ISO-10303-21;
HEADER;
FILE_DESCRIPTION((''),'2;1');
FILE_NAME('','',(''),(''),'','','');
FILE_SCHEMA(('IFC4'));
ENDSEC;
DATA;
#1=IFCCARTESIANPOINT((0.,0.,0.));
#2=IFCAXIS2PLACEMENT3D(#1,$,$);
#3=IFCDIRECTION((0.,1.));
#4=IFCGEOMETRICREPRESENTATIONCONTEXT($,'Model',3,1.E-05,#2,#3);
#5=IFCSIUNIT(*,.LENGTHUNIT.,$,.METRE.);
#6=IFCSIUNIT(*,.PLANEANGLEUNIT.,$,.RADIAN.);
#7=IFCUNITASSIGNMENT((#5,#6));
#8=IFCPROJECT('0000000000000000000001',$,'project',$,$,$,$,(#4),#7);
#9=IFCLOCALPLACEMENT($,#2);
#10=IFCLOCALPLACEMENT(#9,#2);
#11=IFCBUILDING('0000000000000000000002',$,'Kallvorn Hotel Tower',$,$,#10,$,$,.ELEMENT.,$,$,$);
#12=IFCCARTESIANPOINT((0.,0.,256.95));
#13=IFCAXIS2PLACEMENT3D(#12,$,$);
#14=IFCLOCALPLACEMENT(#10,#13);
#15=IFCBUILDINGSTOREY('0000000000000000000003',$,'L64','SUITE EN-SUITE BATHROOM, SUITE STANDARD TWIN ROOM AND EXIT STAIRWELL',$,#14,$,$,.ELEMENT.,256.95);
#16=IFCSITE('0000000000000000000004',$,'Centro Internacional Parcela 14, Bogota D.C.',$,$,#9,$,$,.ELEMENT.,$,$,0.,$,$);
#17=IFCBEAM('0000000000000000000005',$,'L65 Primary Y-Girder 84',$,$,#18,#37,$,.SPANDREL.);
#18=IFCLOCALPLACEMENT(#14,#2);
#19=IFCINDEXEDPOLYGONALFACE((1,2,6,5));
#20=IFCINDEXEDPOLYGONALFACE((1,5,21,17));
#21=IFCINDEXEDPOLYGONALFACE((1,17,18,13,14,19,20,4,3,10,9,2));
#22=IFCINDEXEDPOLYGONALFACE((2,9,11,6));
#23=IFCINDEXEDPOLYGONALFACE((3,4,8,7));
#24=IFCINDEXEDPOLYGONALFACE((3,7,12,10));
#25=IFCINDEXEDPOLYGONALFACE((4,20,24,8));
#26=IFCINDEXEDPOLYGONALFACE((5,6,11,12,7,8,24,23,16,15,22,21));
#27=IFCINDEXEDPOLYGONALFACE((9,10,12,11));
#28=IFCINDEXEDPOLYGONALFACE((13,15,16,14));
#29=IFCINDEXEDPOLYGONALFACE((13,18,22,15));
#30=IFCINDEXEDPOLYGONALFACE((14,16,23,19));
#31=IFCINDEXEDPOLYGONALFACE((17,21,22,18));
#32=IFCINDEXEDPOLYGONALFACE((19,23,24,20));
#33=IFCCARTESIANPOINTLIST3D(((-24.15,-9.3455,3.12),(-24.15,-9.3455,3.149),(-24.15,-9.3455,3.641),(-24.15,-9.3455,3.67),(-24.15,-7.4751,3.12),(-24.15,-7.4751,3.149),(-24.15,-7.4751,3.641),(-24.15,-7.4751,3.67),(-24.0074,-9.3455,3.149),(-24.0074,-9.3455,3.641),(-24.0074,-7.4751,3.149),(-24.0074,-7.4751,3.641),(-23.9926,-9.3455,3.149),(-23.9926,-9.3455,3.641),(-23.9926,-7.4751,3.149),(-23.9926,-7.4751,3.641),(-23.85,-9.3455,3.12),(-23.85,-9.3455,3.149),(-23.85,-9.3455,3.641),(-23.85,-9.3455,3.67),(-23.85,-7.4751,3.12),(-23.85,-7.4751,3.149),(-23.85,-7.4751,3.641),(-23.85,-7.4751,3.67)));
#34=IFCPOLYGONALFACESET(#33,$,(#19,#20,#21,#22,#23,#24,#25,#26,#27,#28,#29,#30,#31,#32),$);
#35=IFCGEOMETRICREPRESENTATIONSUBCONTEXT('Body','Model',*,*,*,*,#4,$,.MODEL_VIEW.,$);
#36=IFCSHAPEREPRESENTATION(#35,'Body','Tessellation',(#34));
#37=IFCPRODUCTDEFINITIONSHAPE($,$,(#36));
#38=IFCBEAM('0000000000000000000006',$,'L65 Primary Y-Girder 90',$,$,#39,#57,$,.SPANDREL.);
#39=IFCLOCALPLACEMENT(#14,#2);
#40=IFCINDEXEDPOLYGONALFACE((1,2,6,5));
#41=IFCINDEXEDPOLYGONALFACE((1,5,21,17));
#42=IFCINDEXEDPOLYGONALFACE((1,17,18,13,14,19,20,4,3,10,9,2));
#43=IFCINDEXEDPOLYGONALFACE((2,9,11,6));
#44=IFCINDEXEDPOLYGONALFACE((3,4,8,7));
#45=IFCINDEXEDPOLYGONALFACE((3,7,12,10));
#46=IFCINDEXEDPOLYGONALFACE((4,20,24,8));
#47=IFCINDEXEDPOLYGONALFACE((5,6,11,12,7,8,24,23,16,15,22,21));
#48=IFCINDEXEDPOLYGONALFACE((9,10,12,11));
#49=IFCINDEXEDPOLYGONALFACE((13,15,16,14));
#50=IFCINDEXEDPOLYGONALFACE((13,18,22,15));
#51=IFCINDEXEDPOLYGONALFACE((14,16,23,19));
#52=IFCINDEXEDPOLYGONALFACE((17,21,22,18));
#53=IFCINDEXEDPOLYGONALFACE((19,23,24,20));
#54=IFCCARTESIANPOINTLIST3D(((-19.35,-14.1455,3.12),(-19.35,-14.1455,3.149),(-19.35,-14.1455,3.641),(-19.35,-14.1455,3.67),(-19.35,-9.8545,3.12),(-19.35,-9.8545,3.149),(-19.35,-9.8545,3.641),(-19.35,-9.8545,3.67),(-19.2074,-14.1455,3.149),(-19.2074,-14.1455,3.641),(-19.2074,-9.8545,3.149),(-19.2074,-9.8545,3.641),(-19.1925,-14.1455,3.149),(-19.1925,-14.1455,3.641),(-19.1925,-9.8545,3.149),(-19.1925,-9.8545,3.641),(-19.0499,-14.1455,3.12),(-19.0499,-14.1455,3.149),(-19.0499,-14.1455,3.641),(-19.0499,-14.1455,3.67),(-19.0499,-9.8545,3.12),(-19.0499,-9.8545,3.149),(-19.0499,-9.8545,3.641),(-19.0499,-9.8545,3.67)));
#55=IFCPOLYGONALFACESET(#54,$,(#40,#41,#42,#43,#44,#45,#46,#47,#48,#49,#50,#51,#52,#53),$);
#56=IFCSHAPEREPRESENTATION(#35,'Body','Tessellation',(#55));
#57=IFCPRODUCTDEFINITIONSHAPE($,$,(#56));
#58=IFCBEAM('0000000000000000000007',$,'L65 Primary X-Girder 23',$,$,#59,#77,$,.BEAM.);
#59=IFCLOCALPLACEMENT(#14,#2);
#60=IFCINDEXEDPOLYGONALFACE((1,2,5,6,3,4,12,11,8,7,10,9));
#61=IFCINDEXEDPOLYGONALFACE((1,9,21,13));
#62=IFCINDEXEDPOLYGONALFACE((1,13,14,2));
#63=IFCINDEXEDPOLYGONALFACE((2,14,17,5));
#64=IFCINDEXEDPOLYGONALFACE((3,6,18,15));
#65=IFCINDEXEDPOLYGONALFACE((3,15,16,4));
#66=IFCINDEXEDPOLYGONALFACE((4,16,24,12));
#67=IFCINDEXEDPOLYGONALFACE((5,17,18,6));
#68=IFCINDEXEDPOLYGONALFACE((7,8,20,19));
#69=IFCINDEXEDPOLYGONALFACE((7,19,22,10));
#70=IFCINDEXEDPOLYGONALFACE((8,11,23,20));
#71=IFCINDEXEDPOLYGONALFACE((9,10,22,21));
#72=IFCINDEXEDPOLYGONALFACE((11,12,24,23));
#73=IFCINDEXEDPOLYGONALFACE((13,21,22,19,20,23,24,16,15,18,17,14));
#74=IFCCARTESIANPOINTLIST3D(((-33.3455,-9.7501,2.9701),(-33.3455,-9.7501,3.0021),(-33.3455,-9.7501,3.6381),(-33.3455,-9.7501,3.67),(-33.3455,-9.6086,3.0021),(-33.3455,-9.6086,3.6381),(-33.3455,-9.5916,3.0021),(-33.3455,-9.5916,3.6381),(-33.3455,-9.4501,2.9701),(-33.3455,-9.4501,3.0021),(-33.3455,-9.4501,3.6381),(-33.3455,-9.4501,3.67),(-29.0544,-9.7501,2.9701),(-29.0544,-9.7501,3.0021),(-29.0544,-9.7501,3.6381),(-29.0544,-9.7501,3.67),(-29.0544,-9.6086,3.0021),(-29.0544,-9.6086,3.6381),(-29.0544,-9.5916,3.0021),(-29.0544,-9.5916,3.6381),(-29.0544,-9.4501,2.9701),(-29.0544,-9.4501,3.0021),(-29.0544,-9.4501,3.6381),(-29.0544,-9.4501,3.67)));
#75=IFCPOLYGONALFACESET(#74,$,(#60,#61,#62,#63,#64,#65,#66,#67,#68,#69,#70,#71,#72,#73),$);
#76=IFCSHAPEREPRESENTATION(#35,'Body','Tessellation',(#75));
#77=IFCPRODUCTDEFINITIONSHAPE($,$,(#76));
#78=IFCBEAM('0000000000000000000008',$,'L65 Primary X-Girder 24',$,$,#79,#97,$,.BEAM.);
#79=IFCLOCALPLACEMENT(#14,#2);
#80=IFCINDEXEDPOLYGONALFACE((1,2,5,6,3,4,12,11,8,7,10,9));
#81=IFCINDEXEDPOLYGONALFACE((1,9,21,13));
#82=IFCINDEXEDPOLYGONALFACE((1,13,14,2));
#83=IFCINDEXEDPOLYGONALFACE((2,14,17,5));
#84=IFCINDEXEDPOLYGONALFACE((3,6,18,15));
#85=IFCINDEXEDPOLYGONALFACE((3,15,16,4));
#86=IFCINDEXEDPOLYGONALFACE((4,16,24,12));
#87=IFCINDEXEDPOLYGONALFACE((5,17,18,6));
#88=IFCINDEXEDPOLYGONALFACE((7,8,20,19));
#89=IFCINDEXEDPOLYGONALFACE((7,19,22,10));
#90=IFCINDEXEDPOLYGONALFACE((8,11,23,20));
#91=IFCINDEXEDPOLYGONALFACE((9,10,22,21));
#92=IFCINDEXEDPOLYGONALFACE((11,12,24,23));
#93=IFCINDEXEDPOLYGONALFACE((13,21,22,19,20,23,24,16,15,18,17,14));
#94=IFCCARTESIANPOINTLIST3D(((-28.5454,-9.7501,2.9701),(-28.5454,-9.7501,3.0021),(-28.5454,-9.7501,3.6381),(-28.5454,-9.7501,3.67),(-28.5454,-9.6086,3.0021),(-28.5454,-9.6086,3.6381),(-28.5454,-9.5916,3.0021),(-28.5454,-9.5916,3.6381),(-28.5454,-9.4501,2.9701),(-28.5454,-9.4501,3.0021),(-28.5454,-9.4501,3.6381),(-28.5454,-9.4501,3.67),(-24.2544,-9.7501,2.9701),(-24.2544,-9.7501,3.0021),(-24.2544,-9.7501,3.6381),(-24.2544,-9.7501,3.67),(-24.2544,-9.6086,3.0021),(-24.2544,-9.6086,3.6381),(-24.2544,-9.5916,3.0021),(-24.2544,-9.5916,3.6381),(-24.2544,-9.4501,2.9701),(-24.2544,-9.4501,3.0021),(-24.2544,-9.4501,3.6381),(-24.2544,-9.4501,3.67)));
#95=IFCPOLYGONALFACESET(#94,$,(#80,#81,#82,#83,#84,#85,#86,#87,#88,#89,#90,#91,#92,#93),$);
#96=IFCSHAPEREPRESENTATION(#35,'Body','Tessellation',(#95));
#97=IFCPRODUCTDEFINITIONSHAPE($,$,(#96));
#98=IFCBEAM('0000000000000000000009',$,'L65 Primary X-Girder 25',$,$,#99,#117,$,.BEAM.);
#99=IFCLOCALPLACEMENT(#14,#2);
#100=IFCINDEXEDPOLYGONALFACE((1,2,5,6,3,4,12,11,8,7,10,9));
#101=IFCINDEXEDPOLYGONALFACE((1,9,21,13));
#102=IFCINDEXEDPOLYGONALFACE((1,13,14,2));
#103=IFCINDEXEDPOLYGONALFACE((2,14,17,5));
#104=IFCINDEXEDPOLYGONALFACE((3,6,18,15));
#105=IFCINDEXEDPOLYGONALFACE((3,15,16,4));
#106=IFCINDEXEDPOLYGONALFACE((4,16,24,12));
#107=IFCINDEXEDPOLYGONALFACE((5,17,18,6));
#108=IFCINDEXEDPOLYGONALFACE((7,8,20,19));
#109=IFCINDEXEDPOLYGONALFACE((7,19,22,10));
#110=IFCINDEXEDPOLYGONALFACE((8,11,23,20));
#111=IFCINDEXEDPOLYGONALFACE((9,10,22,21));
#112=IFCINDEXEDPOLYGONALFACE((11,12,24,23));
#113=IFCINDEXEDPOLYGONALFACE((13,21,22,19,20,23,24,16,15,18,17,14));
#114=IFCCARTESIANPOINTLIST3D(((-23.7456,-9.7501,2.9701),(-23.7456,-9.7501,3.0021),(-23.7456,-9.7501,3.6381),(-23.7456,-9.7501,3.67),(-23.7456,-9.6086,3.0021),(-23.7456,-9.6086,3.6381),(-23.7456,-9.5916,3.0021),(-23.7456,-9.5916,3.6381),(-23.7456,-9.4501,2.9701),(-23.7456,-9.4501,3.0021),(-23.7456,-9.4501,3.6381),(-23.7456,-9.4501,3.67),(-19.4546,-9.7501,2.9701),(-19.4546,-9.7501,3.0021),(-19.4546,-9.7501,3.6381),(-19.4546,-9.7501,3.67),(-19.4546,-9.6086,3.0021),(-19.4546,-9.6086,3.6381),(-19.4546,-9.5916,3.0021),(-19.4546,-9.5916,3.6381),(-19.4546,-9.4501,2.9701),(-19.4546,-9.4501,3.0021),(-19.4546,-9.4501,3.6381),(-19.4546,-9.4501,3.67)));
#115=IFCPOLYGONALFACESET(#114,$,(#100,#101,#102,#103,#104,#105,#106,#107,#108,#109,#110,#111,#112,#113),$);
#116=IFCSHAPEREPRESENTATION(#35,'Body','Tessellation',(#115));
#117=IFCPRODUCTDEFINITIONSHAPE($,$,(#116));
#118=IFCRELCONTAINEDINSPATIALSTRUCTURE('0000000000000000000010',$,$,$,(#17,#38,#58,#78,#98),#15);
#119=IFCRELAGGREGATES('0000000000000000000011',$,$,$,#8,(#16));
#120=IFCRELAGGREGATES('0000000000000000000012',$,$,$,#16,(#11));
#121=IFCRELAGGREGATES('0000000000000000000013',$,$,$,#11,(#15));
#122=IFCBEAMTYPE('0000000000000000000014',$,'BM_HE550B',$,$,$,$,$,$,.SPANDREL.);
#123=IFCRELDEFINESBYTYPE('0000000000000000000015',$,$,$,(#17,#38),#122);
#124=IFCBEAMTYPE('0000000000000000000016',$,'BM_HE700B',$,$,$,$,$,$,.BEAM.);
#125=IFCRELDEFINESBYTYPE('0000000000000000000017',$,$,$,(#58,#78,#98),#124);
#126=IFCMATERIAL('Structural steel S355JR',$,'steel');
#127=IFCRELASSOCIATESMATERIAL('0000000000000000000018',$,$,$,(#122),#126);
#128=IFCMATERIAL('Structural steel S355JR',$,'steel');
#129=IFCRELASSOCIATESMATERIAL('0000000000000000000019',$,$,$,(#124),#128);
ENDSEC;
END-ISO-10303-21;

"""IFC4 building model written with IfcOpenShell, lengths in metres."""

from ifc_helpers import new_model, si_unit, direction, frame, origin, origin_2d, place, context, subcontext, project, spatial, i_section, extrude, material, material_profile, profile_set, type_object, element, save


model = new_model("IFC4")

# Units and contexts
model_context = context("Model", 3, precision=1e-05, world=origin(), true_north=direction((0.0, 1.0)))
body_context = subcontext(model_context, "Body", "Model", "MODEL_VIEW")
ifc_project = project(units=[si_unit("LENGTHUNIT", "METRE"), si_unit("PLANEANGLEUNIT", "RADIAN")], contexts=[model_context])

# Site, building, storey
site_placement = place(None, origin())
site = spatial("IfcSite", under=ifc_project, at=site_placement, Name="Centro Internacional Parcela 14, Bogota D.C.", CompositionType="ELEMENT", RefElevation=0.0)
building_placement = place(site_placement, origin())
building = spatial("IfcBuilding", under=site, at=building_placement, Name="Kallvorn Hotel Tower", CompositionType="ELEMENT")
storey_placement = place(building_placement, frame((0.0, 0.0, 256.95)))
storey = spatial("IfcBuildingStorey", under=building, at=storey_placement, Name="L64", Description="SUITE EN-SUITE BATHROOM, SUITE STANDARD TWIN ROOM AND EXIT STAIRWELL", CompositionType="ELEMENT", Elevation=256.95)

# Beams
ifc_material_1 = material(Name="Structural steel S355JR", Category="steel")
ifc_material_profile_1 = material_profile(ifc_material_1, i_section(OverallWidth=0.3, OverallDepth=0.55, WebThickness=0.0149, FlangeThickness=0.0291, at=origin_2d()), Name="HE 550 B")
ifc_profile_set_1 = profile_set([ifc_material_profile_1], Name="Structural steel S355JR")
beam_type_1 = type_object("IfcBeamType", Name="BM_HE550B", PredefinedType="SPANDREL", material=ifc_profile_set_1)
beam_1_placement = place(storey_placement, frame((-24.0, -9.3455, 3.395), z_axis=(0.0, 1.0, 0.0), x_axis=(-1.0, 0.0, 0.0)))
element("IfcBeam", 1, at=beam_1_placement, inside=storey, type_object=beam_type_1, Name="L65 Primary Y-Girder 84", PredefinedType="SPANDREL", context=body_context, shape_type="SweptSolid", body=[
    extrude(i_section(OverallWidth=0.3, OverallDepth=0.55, WebThickness=0.0149, FlangeThickness=0.0291, at=origin_2d()), origin(), (0.0, 0.0, 1.0), 1.8704),
])
beam_2_placement = place(storey_placement, frame((-19.2, -14.1455, 3.395), z_axis=(0.0, 1.0, 0.0), x_axis=(-1.0, 0.0, 0.0)))
element("IfcBeam", 2, at=beam_2_placement, inside=storey, type_object=beam_type_1, Name="L65 Primary Y-Girder 90", PredefinedType="SPANDREL", context=body_context, shape_type="SweptSolid", body=[
    extrude(i_section(OverallWidth=0.3, OverallDepth=0.55, WebThickness=0.0149, FlangeThickness=0.0291, at=origin_2d()), origin(), (0.0, 0.0, 1.0), 4.291),
])
ifc_material_2 = material(Name="Structural steel S355JR", Category="steel")
ifc_material_profile_2 = material_profile(ifc_material_2, i_section(OverallWidth=0.3, OverallDepth=0.7, WebThickness=0.0171, FlangeThickness=0.032, at=origin_2d()), Name="HE 700 B")
ifc_profile_set_2 = profile_set([ifc_material_profile_2], Name="Structural steel S355JR")
beam_type_2 = type_object("IfcBeamType", Name="BM_HE700B", PredefinedType="BEAM", material=ifc_profile_set_2)
for number, where, z_axis, x_axis, name in (
    (3, (-33.3455, -9.6001, 3.3201), (1.0, 0.0, 0.0), (0.0, 1.0, 0.0), "L65 Primary X-Girder 23"),
    (4, (-28.5454, -9.6001, 3.3201), (1.0, 0.0, 0.0), (0.0, 1.0, 0.0), "L65 Primary X-Girder 24"),
    (5, (-23.7456, -9.6001, 3.3201), (1.0, 0.0, 0.0), (0.0, 1.0, 0.0), "L65 Primary X-Girder 25"),
):
    element("IfcBeam", number, at=place(storey_placement, frame(where, z_axis=z_axis, x_axis=x_axis)), inside=storey, type_object=beam_type_2, Name=name, PredefinedType="BEAM", context=body_context, shape_type="SweptSolid", body=[
        extrude(i_section(OverallWidth=0.3, OverallDepth=0.7, WebThickness=0.0171, FlangeThickness=0.032, at=origin_2d()), origin(), (0.0, 0.0, 1.0), 4.291),
    ])

save(model, "model.ifc")
